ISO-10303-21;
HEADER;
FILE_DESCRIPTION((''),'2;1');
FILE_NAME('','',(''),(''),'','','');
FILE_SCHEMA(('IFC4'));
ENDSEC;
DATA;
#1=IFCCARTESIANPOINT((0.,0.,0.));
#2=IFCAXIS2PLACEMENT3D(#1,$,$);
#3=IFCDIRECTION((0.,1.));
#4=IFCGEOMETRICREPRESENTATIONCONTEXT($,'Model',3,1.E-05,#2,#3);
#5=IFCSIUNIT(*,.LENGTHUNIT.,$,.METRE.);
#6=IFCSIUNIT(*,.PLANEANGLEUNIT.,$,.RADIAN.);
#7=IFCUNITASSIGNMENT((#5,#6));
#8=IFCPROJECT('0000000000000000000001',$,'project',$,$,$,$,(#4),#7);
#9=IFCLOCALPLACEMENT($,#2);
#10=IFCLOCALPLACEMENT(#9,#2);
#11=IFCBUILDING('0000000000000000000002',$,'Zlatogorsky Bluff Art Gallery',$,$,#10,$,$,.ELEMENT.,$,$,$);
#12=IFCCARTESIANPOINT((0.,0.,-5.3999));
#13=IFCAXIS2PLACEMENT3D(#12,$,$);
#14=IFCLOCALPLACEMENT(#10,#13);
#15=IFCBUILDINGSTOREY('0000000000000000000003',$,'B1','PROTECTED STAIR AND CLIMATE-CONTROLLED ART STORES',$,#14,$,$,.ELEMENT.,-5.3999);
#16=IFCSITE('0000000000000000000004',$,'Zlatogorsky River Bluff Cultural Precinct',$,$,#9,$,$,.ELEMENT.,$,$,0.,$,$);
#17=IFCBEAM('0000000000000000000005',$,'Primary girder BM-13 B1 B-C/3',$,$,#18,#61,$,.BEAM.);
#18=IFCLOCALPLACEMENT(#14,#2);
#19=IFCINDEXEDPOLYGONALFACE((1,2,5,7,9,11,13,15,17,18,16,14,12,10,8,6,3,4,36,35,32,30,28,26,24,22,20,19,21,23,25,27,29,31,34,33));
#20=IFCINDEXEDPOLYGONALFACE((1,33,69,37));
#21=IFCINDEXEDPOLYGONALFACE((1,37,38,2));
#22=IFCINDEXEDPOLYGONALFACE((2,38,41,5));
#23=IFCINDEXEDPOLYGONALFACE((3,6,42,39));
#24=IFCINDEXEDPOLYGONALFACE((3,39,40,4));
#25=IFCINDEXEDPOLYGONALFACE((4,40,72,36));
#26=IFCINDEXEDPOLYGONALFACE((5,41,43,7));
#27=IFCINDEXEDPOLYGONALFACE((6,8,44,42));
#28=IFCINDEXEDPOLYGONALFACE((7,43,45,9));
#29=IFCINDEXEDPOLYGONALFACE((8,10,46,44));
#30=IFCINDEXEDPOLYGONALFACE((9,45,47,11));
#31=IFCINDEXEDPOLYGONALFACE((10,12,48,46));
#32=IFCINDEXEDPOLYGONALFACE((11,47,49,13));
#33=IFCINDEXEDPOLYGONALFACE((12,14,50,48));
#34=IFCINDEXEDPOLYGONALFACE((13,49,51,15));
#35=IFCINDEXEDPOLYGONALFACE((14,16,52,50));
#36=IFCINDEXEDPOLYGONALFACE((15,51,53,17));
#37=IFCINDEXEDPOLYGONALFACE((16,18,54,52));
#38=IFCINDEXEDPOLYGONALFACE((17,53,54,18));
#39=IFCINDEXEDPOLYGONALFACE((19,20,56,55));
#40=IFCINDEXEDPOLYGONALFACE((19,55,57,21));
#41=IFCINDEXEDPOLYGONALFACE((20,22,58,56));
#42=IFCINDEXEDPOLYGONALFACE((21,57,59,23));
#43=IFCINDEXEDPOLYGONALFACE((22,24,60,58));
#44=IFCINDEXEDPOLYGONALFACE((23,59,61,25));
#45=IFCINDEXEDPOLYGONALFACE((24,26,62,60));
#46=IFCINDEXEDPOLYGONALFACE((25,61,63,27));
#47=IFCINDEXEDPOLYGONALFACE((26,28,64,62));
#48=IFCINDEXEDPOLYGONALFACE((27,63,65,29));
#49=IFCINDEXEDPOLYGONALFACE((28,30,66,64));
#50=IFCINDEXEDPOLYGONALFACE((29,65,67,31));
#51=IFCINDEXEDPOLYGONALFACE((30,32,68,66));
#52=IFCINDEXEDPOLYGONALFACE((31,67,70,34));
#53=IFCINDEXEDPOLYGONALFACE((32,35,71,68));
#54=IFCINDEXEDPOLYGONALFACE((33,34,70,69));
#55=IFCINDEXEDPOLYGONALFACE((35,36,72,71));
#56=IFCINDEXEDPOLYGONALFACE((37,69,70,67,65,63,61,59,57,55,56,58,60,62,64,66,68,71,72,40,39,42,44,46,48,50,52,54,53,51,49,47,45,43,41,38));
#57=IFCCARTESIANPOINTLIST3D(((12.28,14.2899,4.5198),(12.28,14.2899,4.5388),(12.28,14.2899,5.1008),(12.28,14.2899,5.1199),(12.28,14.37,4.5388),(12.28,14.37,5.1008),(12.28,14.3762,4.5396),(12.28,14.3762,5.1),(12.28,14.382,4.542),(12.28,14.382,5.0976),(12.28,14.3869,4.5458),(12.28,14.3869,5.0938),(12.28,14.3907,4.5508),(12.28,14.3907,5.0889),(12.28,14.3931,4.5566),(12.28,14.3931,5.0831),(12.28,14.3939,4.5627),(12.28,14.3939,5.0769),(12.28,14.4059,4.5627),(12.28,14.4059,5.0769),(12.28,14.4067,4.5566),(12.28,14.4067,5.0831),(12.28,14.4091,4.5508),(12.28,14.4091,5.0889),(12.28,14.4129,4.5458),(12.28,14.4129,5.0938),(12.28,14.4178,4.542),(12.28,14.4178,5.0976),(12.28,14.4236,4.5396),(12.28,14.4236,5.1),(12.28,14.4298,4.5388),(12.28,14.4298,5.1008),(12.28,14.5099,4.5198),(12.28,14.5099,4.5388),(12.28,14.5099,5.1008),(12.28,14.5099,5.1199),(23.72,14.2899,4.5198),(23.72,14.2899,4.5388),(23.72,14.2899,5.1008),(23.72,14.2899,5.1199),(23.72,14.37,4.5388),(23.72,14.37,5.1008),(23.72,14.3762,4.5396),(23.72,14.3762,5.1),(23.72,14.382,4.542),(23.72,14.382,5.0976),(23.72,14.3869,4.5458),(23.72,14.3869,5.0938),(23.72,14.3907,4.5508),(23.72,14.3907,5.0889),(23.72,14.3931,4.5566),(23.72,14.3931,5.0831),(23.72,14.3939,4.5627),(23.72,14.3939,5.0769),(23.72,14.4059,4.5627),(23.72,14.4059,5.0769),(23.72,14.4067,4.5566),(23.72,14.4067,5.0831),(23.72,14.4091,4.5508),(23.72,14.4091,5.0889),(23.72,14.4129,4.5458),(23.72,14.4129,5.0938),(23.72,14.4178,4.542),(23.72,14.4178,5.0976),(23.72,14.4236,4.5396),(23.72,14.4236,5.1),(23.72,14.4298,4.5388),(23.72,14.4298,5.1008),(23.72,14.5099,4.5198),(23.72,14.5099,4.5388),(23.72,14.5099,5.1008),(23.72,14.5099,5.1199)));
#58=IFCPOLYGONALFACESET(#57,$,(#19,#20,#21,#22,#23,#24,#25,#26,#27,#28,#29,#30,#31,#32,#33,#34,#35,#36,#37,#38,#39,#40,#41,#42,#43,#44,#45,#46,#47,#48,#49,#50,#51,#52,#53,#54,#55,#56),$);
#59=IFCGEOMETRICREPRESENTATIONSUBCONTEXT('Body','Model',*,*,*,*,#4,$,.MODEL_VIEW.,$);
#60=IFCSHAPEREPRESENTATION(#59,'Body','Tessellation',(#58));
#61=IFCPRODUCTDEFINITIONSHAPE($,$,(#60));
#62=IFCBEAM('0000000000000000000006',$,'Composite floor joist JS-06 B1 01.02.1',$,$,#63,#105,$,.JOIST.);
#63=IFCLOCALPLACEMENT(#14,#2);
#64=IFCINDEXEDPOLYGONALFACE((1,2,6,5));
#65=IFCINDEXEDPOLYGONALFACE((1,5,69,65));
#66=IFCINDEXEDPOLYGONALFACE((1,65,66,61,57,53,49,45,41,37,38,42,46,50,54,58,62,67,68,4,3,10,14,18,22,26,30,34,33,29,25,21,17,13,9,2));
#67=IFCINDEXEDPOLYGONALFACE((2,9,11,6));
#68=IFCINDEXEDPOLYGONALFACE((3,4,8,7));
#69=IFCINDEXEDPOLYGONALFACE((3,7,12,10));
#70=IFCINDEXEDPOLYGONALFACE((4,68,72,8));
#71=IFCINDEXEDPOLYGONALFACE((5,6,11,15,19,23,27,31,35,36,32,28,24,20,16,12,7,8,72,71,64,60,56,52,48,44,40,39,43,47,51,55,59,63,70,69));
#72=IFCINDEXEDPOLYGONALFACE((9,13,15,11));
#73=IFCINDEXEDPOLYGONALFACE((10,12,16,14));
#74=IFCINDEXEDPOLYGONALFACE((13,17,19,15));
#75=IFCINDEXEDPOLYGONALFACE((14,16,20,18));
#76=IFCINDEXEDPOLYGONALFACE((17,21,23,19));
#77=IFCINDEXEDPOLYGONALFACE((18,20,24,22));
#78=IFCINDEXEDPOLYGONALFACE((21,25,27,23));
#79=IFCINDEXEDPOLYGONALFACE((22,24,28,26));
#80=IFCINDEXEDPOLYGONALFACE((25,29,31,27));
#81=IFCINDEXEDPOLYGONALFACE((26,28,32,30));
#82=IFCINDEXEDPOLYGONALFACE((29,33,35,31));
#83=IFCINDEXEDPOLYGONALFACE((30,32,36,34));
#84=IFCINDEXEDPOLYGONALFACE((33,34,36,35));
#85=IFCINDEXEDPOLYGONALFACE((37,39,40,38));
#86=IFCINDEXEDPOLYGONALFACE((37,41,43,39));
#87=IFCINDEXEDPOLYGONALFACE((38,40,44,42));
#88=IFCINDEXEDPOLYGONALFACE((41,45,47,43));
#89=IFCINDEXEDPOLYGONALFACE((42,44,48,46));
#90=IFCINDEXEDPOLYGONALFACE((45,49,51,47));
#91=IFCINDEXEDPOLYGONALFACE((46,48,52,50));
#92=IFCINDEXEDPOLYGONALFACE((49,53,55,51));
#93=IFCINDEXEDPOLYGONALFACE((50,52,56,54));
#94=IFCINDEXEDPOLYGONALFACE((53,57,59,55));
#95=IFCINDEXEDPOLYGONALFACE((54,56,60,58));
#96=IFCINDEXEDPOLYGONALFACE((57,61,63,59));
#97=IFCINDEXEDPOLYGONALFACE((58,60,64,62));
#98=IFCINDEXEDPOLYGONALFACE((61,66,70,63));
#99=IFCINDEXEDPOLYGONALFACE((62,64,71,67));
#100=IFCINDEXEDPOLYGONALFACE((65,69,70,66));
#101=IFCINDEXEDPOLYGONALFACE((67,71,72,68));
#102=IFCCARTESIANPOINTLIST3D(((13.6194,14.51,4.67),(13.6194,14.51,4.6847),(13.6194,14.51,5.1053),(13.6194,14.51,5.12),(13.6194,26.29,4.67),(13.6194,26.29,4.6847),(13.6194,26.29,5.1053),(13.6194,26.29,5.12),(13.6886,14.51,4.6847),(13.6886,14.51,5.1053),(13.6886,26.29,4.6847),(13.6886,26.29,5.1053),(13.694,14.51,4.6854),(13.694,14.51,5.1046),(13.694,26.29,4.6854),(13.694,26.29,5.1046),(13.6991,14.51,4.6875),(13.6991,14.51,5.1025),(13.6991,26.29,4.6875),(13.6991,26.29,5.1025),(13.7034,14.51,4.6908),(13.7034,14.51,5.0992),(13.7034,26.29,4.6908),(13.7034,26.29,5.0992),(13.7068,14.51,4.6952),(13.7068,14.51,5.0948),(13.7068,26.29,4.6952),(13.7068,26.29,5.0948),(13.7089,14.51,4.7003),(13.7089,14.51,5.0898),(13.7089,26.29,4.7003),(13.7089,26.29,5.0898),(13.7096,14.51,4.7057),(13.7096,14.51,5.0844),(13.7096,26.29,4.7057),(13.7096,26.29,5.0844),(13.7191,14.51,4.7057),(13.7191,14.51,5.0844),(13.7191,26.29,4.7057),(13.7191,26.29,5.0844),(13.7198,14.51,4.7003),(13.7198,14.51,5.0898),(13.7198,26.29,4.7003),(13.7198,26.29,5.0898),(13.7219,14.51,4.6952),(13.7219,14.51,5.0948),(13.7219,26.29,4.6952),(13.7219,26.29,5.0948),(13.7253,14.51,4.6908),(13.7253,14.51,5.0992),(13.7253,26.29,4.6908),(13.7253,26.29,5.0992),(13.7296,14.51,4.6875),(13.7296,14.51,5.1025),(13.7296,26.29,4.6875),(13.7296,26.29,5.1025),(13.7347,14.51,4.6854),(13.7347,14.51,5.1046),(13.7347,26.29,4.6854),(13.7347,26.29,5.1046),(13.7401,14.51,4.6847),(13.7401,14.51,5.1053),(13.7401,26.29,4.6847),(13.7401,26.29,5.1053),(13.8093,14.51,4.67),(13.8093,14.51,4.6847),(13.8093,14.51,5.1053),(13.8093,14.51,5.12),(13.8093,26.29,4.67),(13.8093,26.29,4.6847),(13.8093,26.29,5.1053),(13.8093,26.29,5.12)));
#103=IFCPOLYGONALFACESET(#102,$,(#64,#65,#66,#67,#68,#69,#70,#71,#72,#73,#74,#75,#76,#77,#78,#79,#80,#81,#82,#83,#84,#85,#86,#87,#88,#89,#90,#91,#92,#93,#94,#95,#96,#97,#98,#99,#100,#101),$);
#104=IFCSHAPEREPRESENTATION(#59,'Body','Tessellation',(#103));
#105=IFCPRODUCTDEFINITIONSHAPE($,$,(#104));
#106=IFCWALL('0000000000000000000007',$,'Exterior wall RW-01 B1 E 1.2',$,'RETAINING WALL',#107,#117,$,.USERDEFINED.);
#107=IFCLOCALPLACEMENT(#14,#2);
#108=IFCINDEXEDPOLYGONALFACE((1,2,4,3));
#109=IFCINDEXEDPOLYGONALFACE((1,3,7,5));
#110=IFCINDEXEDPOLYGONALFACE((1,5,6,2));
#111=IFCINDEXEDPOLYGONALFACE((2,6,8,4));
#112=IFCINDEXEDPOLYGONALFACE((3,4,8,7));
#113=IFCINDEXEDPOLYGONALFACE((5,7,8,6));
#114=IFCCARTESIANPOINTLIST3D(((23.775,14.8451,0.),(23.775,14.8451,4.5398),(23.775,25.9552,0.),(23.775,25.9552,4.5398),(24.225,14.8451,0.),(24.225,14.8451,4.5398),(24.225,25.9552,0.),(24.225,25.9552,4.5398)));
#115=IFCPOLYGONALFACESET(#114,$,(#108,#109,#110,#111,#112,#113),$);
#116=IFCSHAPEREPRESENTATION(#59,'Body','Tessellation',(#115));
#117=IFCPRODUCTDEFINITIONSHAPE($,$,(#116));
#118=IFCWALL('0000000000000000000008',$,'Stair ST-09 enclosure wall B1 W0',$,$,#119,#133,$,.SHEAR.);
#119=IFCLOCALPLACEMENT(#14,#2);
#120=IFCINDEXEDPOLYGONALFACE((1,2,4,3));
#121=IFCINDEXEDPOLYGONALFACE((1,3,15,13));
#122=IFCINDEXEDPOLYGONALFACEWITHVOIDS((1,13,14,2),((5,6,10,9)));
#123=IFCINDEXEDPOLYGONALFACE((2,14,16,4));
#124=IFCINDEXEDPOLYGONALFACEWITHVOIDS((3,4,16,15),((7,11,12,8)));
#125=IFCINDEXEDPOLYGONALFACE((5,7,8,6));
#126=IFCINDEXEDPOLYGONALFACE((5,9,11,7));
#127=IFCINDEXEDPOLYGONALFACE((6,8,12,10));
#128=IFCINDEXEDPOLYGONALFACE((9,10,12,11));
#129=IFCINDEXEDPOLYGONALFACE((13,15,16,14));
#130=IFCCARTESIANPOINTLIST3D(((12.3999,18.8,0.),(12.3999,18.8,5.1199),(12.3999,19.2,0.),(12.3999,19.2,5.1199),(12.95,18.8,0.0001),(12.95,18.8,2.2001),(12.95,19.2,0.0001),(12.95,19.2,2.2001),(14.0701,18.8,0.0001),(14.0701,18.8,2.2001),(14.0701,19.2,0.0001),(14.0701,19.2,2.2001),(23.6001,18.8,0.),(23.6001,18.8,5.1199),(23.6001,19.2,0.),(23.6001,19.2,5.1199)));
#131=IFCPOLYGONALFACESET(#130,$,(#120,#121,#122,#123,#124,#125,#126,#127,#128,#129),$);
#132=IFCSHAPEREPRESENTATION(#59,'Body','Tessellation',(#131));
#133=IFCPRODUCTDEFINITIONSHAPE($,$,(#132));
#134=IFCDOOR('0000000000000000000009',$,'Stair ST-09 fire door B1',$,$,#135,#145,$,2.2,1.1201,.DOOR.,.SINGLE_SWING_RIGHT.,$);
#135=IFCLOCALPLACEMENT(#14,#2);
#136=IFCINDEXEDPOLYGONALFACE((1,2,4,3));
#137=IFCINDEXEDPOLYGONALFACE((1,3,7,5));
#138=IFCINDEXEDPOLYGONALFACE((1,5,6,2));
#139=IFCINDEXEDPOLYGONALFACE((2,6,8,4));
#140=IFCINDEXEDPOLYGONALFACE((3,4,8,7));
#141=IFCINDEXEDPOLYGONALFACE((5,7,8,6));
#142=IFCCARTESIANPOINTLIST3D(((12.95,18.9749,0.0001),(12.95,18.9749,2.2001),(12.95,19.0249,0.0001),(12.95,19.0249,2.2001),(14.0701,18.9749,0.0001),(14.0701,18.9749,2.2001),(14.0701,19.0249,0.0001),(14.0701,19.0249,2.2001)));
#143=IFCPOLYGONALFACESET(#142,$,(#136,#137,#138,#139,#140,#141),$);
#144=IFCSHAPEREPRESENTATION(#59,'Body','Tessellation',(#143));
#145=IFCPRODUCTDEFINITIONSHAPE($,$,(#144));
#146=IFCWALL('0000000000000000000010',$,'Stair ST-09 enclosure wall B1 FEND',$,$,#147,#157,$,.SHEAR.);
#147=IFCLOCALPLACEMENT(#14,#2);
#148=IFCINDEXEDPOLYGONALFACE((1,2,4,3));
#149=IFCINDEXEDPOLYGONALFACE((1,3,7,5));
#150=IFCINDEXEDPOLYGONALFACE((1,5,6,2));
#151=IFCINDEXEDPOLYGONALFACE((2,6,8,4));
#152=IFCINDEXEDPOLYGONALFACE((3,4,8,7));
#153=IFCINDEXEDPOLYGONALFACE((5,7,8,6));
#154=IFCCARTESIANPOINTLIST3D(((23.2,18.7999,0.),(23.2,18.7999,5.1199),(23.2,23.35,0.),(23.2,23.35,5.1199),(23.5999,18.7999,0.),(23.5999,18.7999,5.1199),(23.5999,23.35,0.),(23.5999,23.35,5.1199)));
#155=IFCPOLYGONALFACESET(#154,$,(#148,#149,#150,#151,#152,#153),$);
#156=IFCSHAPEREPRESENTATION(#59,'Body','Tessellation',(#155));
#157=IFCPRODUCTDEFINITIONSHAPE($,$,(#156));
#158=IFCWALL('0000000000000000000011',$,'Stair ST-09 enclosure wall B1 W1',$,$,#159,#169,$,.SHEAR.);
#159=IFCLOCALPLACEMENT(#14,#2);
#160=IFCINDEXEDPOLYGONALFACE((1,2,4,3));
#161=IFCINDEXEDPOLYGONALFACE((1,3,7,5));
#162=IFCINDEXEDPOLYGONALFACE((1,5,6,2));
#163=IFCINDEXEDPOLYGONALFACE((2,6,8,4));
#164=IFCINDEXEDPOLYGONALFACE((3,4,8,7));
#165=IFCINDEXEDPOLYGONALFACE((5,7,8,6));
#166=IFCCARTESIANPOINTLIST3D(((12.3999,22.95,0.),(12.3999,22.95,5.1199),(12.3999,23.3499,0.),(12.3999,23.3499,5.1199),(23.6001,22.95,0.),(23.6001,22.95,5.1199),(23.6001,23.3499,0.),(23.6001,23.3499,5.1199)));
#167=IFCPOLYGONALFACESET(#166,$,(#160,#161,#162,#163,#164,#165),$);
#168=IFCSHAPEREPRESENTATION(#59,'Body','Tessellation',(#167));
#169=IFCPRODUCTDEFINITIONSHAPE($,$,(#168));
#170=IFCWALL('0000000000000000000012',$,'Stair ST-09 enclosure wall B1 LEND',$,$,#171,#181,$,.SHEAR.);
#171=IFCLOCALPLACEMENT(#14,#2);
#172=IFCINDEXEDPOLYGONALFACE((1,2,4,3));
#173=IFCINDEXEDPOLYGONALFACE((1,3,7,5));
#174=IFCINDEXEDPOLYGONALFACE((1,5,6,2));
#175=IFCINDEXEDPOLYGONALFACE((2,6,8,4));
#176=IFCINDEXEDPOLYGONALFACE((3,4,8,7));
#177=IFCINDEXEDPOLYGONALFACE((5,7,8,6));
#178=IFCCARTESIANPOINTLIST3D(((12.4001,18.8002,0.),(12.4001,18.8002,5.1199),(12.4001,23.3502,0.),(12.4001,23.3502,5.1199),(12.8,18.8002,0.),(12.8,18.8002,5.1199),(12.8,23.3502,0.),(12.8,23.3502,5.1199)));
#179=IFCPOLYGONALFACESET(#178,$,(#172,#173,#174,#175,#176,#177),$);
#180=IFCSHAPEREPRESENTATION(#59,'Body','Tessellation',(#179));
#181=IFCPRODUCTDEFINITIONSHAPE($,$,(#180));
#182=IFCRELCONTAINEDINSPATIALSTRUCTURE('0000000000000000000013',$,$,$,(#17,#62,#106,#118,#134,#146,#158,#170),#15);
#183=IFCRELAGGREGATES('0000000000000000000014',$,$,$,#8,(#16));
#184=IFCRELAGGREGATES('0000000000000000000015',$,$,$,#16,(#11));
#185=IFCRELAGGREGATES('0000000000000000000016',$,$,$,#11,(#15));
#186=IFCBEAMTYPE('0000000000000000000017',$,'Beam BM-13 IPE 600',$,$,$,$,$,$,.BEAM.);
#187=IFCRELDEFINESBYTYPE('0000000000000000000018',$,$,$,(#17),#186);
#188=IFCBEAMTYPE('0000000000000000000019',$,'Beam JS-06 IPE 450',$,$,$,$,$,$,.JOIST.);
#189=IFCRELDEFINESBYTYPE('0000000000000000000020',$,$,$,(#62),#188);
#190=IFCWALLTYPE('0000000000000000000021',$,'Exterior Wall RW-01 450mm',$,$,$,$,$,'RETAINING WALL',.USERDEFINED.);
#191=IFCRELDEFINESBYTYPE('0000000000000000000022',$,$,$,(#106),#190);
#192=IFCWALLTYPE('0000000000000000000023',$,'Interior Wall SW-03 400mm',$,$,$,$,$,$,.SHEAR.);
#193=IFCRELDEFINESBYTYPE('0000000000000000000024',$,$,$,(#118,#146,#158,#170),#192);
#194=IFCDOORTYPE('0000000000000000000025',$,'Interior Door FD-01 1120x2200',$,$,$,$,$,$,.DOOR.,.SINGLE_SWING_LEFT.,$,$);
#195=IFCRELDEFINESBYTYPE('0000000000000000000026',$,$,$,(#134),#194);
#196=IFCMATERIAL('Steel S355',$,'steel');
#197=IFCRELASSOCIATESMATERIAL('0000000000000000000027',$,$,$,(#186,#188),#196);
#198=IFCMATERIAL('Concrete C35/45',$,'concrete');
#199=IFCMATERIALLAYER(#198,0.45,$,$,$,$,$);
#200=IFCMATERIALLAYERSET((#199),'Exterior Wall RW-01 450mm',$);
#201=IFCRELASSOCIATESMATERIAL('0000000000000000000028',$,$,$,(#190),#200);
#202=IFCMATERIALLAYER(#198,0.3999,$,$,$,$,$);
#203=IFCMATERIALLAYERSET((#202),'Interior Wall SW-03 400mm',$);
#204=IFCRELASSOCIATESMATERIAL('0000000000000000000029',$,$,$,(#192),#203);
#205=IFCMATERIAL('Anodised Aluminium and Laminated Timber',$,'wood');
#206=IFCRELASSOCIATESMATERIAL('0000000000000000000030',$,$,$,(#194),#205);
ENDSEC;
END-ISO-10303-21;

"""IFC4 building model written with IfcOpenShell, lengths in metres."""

from ifc_helpers import new_model, si_unit, direction, frame, frame_2d, origin, origin_2d, place, context, subcontext, project, spatial, rectangle, i_section, extrude, material, layer, layer_set, material_profile, profile_set, type_object, element, fill, save


model = new_model("IFC4")

# Units and contexts
model_context = context("Model", 3, precision=1e-05, world=origin(), true_north=direction((0.0, 1.0)))
body_context = subcontext(model_context, "Body", "Model", "MODEL_VIEW")
ifc_project = project(units=[si_unit("LENGTHUNIT", "METRE"), si_unit("PLANEANGLEUNIT", "RADIAN")], contexts=[model_context])

# Site, building, storey
site_placement = place(None, origin())
site = spatial("IfcSite", under=ifc_project, at=site_placement, Name="Zlatogorsky River Bluff Cultural Precinct", CompositionType="ELEMENT", RefElevation=0.0)
building_placement = place(site_placement, origin())
building = spatial("IfcBuilding", under=site, at=building_placement, Name="Zlatogorsky Bluff Art Gallery", CompositionType="ELEMENT")
storey_placement = place(building_placement, frame((0.0, 0.0, -5.3999)))
storey = spatial("IfcBuildingStorey", under=building, at=storey_placement, Name="B1", Description="PROTECTED STAIR AND CLIMATE-CONTROLLED ART STORES", CompositionType="ELEMENT", Elevation=-5.3999)

# Shared definitions
ifc_material_1 = material(Name="Concrete C35/45", Category="concrete")

# Beams
ifc_material_2 = material(Name="Steel S355", Category="steel")
ifc_material_profile_1 = material_profile(ifc_material_2, i_section(OverallWidth=0.22, OverallDepth=0.6001, WebThickness=0.012, FlangeThickness=0.019, FilletRadius=0.0239, at=origin_2d()), Name="IPE 600")
ifc_profile_set_1 = profile_set([ifc_material_profile_1], Name="Steel S355")
beam_type_1 = type_object("IfcBeamType", Name="Beam BM-13 IPE 600", PredefinedType="BEAM", material=ifc_profile_set_1)
beam_1_placement = place(storey_placement, frame((12.28, 14.3999, 4.8198), z_axis=(1.0, 0.0, 0.0), x_axis=(0.0, 1.0, 0.0)))
element("IfcBeam", 1, at=beam_1_placement, inside=storey, type_object=beam_type_1, Name="Primary girder BM-13 B1 B-C/3", PredefinedType="BEAM", context=body_context, shape_type="SweptSolid", body=[
    extrude(i_section(OverallWidth=0.22, OverallDepth=0.6001, WebThickness=0.012, FlangeThickness=0.019, FilletRadius=0.0239, at=origin_2d()), origin(), (0.0, 0.0, 1.0), 11.4399),
])
ifc_material_profile_2 = material_profile(ifc_material_2, i_section(OverallWidth=0.1899, OverallDepth=0.45, WebThickness=0.0095, FlangeThickness=0.0146, FilletRadius=0.021, at=origin_2d()), Name="IPE 450")
ifc_profile_set_2 = profile_set([ifc_material_profile_2], Name="Steel S355")
beam_type_2 = type_object("IfcBeamType", Name="Beam JS-06 IPE 450", PredefinedType="JOIST", material=ifc_profile_set_2)
beam_2_placement = place(storey_placement, frame((13.7144, 14.51, 4.895), z_axis=(0.0, 1.0, 0.0), x_axis=(-1.0, 0.0, 0.0)))
element("IfcBeam", 2, at=beam_2_placement, inside=storey, type_object=beam_type_2, Name="Composite floor joist JS-06 B1 01.02.1", PredefinedType="JOIST", context=body_context, shape_type="SweptSolid", body=[
    extrude(i_section(OverallWidth=0.1899, OverallDepth=0.45, WebThickness=0.0095, FlangeThickness=0.0146, FilletRadius=0.021, at=origin_2d()), origin(), (0.0, 0.0, 1.0), 11.78),
])

# Wall
ifc_layer_1 = layer(ifc_material_1, 0.45)
ifc_layer_set_1 = layer_set([ifc_layer_1], Name="Exterior Wall RW-01 450mm")
wall_type_1 = type_object("IfcWallType", Name="Exterior Wall RW-01 450mm", ElementType="RETAINING WALL", PredefinedType="USERDEFINED", material=ifc_layer_set_1)
wall_1_placement = place(storey_placement, frame((24.0, 14.845, 0.0), z_axis=(0.0, 0.0, 1.0), x_axis=(0.0, 1.0, 0.0)))
element("IfcWall", 3, at=wall_1_placement, inside=storey, type_object=wall_type_1, Name="Exterior wall RW-01 B1 E 1.2", ObjectType="RETAINING WALL", PredefinedType="USERDEFINED", context=body_context, shape_type="SweptSolid", body=[
    extrude(rectangle(XDim=11.1101, YDim=0.45, at=frame_2d((5.5552, 0.0))), origin(), (0.0, 0.0, 1.0), 4.5398),
])

# Wall, opening, door
ifc_layer_2 = layer(ifc_material_1, 0.3999)
ifc_layer_set_2 = layer_set([ifc_layer_2], Name="Interior Wall SW-03 400mm")
wall_type_2 = type_object("IfcWallType", Name="Interior Wall SW-03 400mm", PredefinedType="SHEAR", material=ifc_layer_set_2)
wall_2_placement = place(storey_placement, frame((12.3999, 19.0, 0.0), z_axis=(0.0, 0.0, 1.0), x_axis=(1.0, 0.0, 0.0)))
wall_2 = element("IfcWall", 4, at=wall_2_placement, inside=storey, type_object=wall_type_2, Name="Stair ST-09 enclosure wall B1 W0", PredefinedType="SHEAR", context=body_context, shape_type="SweptSolid", body=[
    extrude(rectangle(XDim=11.2002, YDim=0.3999, at=frame_2d((5.6001, 0.0))), origin(), (0.0, 0.0, 1.0), 5.1199),
])
opening_placement = place(wall_2_placement, frame((0.55, 0.0, 0.0)))
opening = element("IfcOpeningElement", 5, at=opening_placement, cuts=wall_2, PredefinedType="OPENING", context=body_context, shape_type="SweptSolid", body=[
    extrude(rectangle(XDim=1.1201, YDim=2.2, at=frame_2d((0.5601, 1.1001))), frame((0.0, 0.21, 0.0), z_axis=(0.0, -1.0, 0.0), x_axis=(1.0, 0.0, 0.0)), (0.0, 0.0, 1.0), 0.4199),
])
ifc_material_3 = material(Name="Anodised Aluminium and Laminated Timber", Category="wood")
door_type = type_object("IfcDoorType", Name="Interior Door FD-01 1120x2200", OperationType="SINGLE_SWING_LEFT", PredefinedType="DOOR", material=ifc_material_3)
door_placement = place(opening_placement, origin())
door = element("IfcDoor", 6, at=door_placement, inside=storey, type_object=door_type, Name="Stair ST-09 fire door B1", OperationType="SINGLE_SWING_RIGHT", OverallHeight=2.2, OverallWidth=1.1201, PredefinedType="DOOR", context=body_context, shape_type="SweptSolid", body=[
    extrude(rectangle(XDim=1.1201, YDim=2.2, at=frame_2d((0.5601, 1.1001))), frame((0.0, 0.0249, 0.0), z_axis=(0.0, -1.0, 0.0), x_axis=(1.0, 0.0, 0.0)), (0.0, 0.0, 1.0), 0.05),
])
fill(opening, door)

# Walls
wall_3_placement = place(storey_placement, frame((23.3999, 18.8, 0.0), z_axis=(0.0, 0.0, 1.0), x_axis=(0.0, 1.0, 0.0)))
element("IfcWall", 7, at=wall_3_placement, inside=storey, type_object=wall_type_2, Name="Stair ST-09 enclosure wall B1 FEND", PredefinedType="SHEAR", context=body_context, shape_type="SweptSolid", body=[
    extrude(rectangle(XDim=4.55, YDim=0.3999, at=frame_2d((2.2749, 0.0))), origin(), (0.0, 0.0, 1.0), 5.1199),
])
wall_4_placement = place(storey_placement, frame((23.6001, 23.1499, 0.0), z_axis=(0.0, 0.0, 1.0), x_axis=(-1.0, 0.0, 0.0)))
element("IfcWall", 8, at=wall_4_placement, inside=storey, type_object=wall_type_2, Name="Stair ST-09 enclosure wall B1 W1", PredefinedType="SHEAR", context=body_context, shape_type="SweptSolid", body=[
    extrude(rectangle(XDim=11.2002, YDim=0.3999, at=frame_2d((5.6001, 0.0))), origin(), (0.0, 0.0, 1.0), 5.1199),
])
wall_5_placement = place(storey_placement, frame((12.6001, 23.3501, 0.0), z_axis=(0.0, 0.0, 1.0), x_axis=(0.0, -1.0, 0.0)))
element("IfcWall", 9, at=wall_5_placement, inside=storey, type_object=wall_type_2, Name="Stair ST-09 enclosure wall B1 LEND", PredefinedType="SHEAR", context=body_context, shape_type="SweptSolid", body=[
    extrude(rectangle(XDim=4.55, YDim=0.3999, at=frame_2d((2.2749, 0.0))), origin(), (0.0, 0.0, 1.0), 5.1199),
])

save(model, "model.ifc")
